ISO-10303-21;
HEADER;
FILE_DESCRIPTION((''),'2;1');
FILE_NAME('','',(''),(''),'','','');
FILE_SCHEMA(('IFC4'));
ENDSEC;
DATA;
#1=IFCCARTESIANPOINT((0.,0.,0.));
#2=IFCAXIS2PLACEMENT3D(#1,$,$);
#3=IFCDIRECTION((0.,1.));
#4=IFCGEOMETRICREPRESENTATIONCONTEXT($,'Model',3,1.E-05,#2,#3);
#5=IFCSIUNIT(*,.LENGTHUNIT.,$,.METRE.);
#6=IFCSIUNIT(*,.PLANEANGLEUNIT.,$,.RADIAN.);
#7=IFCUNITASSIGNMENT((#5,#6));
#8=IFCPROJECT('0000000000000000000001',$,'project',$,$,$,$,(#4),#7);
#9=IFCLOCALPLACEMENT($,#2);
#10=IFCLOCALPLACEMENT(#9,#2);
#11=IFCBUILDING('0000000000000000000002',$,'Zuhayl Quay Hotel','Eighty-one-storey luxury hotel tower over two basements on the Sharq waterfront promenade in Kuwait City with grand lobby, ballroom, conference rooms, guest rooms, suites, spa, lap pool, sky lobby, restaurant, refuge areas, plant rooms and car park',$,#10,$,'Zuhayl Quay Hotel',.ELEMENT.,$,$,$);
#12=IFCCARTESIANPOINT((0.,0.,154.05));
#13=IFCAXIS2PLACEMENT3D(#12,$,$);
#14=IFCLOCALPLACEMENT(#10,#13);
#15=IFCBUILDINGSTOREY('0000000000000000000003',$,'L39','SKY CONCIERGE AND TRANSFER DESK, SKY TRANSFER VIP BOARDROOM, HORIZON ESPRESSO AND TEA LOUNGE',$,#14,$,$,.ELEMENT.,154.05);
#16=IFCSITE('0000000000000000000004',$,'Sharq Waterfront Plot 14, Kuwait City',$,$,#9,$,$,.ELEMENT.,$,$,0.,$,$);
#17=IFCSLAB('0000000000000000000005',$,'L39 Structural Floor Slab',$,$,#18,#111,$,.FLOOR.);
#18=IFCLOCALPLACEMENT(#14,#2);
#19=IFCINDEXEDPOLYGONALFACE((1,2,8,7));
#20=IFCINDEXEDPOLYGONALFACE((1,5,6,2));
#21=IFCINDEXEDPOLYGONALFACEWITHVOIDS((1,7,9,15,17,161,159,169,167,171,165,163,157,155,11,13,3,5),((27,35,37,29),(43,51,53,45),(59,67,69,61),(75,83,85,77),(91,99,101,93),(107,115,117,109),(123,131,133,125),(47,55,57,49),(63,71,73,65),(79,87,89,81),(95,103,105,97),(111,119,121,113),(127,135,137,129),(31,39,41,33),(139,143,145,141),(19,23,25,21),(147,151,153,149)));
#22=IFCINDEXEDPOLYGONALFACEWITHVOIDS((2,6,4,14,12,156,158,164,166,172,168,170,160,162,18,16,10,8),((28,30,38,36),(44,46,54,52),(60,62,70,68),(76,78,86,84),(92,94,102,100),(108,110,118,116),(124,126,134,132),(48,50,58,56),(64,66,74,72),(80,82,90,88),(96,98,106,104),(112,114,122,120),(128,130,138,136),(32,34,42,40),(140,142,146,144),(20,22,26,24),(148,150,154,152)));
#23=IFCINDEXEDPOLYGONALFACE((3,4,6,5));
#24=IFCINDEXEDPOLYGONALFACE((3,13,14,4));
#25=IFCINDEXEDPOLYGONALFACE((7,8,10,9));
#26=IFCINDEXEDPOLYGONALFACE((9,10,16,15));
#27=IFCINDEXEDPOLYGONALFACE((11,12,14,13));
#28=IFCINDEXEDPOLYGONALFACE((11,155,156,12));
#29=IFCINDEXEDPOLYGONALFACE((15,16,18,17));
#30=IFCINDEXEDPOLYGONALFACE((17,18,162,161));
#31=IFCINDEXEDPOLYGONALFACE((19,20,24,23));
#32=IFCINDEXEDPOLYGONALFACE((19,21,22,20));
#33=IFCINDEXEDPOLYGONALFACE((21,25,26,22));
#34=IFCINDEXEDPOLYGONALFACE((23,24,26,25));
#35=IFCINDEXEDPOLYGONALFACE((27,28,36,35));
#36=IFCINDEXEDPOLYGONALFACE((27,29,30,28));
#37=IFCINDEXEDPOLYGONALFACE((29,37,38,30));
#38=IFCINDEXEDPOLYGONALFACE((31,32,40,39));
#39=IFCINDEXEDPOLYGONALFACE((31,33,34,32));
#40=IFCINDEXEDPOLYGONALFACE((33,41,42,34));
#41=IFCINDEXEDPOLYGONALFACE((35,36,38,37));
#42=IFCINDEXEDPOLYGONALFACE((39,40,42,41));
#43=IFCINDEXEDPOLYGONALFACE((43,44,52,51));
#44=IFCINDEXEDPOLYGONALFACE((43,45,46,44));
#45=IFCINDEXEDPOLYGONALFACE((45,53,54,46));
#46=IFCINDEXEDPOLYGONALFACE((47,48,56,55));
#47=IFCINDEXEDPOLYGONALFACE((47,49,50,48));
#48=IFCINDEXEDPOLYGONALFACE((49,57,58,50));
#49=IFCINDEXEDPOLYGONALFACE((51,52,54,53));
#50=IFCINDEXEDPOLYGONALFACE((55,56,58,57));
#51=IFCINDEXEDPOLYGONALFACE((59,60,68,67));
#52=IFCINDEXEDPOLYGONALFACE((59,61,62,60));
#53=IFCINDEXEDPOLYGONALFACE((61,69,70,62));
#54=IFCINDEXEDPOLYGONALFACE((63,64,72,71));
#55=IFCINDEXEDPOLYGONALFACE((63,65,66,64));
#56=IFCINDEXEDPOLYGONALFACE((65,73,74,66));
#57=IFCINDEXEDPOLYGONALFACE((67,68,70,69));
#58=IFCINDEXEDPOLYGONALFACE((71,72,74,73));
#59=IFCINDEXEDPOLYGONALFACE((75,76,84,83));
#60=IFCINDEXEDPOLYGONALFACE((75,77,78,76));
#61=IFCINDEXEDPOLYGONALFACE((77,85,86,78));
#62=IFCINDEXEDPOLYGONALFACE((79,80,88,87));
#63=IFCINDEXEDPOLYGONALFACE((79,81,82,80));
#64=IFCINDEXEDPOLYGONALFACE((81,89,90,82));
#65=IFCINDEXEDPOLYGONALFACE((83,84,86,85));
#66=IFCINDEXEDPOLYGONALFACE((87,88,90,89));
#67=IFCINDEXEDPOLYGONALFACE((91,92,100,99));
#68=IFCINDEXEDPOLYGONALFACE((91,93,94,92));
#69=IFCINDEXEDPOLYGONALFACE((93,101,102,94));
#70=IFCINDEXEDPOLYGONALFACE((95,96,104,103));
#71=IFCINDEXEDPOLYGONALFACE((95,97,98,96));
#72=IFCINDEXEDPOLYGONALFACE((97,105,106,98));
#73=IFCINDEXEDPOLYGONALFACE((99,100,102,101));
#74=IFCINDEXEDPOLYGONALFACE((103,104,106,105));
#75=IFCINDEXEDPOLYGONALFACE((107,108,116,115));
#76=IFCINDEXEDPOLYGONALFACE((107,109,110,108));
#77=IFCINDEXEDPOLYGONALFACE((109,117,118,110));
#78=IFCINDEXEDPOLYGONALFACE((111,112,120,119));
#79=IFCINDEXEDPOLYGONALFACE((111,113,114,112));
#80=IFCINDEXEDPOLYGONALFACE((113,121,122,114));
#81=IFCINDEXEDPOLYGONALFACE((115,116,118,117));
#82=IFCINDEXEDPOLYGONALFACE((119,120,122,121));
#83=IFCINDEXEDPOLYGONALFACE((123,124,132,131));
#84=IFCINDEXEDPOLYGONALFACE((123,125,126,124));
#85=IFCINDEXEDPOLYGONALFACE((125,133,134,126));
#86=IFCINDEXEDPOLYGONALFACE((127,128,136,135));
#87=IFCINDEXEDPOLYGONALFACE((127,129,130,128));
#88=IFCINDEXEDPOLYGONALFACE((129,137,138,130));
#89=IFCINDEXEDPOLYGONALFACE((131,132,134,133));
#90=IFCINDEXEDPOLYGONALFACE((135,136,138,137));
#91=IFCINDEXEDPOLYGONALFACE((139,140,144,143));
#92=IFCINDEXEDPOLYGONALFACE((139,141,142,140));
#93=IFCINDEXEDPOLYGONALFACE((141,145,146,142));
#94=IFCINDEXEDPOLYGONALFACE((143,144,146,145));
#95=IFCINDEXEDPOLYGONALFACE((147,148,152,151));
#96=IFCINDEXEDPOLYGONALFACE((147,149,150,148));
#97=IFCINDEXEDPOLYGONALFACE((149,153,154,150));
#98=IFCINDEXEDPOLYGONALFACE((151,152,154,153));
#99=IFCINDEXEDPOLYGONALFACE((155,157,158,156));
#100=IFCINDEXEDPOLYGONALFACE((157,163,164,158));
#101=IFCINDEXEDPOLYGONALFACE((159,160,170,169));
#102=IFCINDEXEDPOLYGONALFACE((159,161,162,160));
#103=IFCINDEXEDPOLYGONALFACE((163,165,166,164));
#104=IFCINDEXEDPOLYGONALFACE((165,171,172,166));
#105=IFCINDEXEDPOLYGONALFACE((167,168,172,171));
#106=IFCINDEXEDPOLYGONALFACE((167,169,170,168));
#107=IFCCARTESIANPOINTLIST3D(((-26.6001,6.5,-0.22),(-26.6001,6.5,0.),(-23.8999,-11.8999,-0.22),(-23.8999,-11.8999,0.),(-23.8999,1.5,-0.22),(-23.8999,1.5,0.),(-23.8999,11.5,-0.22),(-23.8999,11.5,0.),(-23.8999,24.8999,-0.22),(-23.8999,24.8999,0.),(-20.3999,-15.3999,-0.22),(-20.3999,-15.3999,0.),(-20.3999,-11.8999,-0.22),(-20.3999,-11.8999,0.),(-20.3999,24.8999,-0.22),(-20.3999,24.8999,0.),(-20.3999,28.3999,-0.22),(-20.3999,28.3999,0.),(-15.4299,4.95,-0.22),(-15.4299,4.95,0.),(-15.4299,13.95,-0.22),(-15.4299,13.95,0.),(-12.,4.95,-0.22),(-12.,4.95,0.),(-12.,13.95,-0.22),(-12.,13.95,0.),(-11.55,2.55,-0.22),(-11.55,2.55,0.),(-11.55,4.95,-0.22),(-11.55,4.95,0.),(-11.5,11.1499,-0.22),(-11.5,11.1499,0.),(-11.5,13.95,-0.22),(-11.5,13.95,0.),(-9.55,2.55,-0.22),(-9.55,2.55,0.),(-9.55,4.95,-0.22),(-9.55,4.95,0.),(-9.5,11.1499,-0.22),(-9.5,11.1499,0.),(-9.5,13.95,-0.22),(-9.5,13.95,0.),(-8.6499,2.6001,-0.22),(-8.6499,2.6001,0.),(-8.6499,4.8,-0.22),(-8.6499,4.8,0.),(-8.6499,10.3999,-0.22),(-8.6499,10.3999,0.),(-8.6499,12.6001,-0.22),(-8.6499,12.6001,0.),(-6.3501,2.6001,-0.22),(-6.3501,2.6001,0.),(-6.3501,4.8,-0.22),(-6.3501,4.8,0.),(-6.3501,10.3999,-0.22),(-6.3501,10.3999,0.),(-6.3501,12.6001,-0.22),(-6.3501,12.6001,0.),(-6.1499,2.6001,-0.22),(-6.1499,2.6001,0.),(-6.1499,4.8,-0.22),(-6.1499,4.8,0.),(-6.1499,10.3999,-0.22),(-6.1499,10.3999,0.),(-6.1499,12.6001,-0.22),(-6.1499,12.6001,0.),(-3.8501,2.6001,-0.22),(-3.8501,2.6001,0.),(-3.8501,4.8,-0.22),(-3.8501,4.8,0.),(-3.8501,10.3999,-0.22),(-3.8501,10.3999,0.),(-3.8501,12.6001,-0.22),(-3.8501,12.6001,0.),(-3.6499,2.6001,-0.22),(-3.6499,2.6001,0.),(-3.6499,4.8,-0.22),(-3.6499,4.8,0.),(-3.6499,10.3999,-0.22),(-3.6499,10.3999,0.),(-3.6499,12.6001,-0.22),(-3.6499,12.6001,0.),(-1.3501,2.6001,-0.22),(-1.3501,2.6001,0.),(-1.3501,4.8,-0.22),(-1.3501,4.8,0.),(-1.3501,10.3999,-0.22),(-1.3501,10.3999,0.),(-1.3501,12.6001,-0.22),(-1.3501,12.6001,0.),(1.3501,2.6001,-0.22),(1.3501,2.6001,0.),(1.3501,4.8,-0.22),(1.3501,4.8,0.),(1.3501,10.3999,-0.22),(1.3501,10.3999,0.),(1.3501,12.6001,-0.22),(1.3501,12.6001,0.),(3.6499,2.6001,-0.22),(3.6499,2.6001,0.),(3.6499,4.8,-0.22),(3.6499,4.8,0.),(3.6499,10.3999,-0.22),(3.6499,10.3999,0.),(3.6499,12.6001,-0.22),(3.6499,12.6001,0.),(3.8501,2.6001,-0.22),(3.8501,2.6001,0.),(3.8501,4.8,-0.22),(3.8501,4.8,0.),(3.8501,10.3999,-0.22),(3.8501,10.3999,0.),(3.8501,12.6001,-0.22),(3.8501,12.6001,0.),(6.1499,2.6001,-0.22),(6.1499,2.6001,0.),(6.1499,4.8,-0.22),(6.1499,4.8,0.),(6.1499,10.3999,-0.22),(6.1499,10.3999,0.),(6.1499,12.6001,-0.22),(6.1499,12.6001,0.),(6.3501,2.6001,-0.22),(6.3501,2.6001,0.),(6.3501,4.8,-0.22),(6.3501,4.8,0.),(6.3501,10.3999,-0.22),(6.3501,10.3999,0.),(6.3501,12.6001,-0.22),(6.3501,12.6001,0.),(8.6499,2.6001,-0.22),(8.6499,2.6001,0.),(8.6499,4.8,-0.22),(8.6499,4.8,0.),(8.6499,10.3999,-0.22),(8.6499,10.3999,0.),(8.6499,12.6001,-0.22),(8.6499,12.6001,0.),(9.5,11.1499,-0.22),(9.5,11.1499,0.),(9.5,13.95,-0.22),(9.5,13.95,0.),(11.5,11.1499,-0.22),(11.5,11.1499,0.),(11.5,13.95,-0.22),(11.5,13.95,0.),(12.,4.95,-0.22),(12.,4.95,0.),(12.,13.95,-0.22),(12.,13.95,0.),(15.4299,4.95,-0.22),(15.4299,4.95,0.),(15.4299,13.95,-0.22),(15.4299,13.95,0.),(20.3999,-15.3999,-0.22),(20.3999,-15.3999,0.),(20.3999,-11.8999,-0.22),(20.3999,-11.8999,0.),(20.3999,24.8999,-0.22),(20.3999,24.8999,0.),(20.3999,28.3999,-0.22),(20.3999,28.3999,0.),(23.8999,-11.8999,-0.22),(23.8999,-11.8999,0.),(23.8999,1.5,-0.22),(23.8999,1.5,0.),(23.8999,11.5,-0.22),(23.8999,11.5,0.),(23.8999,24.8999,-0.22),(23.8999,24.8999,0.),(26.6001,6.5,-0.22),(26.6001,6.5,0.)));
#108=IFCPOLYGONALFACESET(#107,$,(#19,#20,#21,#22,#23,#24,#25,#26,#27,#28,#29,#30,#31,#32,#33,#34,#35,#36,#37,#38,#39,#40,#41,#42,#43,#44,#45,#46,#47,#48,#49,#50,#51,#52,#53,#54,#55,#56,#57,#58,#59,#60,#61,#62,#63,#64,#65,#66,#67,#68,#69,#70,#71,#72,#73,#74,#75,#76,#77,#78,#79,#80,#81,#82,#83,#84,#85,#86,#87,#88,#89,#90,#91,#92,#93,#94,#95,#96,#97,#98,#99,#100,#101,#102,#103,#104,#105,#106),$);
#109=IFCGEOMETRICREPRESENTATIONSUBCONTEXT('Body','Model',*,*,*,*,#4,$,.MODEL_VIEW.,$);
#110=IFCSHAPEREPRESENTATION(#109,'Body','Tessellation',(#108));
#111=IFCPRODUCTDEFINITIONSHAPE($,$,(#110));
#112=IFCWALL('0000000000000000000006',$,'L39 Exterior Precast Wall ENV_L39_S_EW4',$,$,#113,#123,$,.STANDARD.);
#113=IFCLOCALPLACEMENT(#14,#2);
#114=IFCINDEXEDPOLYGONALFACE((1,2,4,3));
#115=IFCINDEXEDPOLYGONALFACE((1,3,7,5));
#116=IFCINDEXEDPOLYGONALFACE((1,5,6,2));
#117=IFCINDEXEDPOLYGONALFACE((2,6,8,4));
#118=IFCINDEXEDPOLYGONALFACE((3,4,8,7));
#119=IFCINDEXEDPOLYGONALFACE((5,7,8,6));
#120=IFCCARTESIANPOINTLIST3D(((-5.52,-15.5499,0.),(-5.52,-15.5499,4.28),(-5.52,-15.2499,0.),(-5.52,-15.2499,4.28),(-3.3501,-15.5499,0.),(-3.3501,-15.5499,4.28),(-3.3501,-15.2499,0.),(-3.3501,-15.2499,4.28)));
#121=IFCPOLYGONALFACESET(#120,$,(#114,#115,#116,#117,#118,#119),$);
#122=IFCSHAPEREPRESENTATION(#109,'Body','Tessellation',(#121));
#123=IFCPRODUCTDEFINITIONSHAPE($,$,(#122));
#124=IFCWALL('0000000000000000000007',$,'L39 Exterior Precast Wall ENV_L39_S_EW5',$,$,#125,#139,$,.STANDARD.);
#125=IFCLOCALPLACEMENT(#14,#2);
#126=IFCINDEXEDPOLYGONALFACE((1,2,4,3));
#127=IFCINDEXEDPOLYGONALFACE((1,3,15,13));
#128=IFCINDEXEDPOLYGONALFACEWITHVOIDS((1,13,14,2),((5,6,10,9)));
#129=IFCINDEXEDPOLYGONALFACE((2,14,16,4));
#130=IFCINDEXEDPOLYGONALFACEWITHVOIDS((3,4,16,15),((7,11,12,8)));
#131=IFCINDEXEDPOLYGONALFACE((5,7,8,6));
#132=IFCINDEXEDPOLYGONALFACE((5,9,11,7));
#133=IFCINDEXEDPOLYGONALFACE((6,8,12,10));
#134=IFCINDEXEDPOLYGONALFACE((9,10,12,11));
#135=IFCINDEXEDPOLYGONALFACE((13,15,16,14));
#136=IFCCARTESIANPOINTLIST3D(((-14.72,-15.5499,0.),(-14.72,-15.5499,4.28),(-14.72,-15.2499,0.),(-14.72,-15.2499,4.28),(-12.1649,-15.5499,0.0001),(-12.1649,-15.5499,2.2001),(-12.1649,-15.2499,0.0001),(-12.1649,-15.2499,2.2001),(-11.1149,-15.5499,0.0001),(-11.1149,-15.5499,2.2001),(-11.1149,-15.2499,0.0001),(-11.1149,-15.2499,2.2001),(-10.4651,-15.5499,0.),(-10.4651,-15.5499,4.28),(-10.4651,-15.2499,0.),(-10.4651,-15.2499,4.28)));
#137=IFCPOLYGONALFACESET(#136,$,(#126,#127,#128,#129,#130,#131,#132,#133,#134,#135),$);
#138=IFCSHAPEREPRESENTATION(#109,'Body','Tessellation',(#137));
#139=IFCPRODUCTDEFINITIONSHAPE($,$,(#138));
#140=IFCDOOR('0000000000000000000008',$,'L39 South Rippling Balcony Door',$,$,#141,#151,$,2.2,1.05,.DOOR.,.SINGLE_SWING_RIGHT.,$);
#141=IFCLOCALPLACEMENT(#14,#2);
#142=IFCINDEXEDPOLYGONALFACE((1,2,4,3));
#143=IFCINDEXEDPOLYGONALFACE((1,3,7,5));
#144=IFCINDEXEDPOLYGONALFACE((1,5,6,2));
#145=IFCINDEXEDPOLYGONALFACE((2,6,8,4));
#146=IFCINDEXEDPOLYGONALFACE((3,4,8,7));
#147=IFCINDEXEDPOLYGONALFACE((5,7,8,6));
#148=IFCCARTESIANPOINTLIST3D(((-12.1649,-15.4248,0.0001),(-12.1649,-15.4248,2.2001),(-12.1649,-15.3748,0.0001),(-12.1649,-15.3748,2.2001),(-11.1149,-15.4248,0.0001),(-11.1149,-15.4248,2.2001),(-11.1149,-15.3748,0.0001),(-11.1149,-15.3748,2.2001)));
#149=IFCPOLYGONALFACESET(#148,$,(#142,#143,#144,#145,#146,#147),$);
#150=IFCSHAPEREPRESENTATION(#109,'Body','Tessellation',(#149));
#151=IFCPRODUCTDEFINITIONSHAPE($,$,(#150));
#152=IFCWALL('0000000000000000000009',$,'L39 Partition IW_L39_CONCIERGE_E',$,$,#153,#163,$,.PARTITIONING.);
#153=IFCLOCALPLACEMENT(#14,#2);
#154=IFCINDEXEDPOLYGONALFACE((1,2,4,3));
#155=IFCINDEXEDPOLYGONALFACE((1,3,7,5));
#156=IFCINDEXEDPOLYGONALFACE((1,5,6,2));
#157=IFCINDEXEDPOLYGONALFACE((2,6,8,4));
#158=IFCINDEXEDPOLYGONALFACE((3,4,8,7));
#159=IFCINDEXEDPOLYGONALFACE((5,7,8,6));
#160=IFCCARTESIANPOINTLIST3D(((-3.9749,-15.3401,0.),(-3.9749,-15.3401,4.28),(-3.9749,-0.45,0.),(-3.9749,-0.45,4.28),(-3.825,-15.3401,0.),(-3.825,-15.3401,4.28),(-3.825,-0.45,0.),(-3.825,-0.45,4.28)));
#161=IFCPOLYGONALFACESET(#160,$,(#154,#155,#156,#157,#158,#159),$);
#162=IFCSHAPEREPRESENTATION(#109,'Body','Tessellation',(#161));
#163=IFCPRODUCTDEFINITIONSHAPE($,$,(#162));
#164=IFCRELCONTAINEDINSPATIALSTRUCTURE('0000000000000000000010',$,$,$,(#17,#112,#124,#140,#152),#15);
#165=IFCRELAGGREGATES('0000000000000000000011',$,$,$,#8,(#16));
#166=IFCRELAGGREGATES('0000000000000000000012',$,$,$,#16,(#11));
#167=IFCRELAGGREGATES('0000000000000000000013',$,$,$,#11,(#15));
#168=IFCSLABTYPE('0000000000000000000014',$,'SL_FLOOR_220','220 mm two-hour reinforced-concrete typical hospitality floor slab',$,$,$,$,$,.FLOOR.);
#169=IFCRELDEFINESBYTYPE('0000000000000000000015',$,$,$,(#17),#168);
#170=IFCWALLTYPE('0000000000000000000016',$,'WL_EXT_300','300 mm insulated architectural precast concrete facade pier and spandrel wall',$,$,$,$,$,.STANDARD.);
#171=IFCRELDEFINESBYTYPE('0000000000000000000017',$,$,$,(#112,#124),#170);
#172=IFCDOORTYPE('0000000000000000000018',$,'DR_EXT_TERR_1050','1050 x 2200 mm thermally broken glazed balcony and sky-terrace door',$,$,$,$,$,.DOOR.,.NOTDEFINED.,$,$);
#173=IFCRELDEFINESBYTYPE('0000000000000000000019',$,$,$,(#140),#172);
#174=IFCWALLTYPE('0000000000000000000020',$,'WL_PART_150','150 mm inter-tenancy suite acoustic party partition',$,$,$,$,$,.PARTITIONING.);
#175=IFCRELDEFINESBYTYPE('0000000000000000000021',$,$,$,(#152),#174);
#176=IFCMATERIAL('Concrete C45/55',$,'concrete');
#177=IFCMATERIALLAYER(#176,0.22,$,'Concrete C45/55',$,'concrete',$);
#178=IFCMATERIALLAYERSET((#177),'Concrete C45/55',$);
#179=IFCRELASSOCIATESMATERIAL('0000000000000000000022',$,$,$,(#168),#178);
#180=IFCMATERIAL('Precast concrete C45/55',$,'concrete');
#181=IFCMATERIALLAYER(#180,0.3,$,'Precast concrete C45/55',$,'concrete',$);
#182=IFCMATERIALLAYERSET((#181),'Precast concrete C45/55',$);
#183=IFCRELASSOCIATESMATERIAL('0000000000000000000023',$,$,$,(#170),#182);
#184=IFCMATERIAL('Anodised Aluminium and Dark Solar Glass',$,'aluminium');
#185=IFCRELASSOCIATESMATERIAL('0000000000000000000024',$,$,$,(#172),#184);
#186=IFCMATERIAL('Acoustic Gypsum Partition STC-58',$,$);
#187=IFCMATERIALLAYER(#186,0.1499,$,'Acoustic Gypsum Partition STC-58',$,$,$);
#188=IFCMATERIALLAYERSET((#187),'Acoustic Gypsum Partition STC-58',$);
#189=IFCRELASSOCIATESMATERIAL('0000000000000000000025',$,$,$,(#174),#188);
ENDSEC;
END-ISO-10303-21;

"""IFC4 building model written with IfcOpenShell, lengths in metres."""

from ifc_helpers import new_model, si_unit, direction, frame, frame_2d, origin, place, context, subcontext, project, spatial, polyline, rectangle, outline, extrude, material, layer, layer_set, type_object, element, fill, save


model = new_model("IFC4")

# Units and contexts
model_context = context("Model", 3, precision=1e-05, world=origin(), true_north=direction((0.0, 1.0)))
body_context = subcontext(model_context, "Body", "Model", "MODEL_VIEW")
ifc_project = project(units=[si_unit("LENGTHUNIT", "METRE"), si_unit("PLANEANGLEUNIT", "RADIAN")], contexts=[model_context])

# Site, building, storey
site_placement = place(None, origin())
site = spatial("IfcSite", under=ifc_project, at=site_placement, Name="Sharq Waterfront Plot 14, Kuwait City", CompositionType="ELEMENT", RefElevation=0.0)
building_placement = place(site_placement, origin())
building = spatial("IfcBuilding", under=site, at=building_placement, Name="Zuhayl Quay Hotel", Description="Eighty-one-storey luxury hotel tower over two basements on the Sharq waterfront promenade in Kuwait City with grand lobby, ballroom, conference rooms, guest rooms, suites, spa, lap pool, sky lobby, restaurant, refuge areas, plant rooms and car park", LongName="Zuhayl Quay Hotel", CompositionType="ELEMENT")
storey_placement = place(building_placement, frame((0.0, 0.0, 154.05)))
storey = spatial("IfcBuildingStorey", under=building, at=storey_placement, Name="L39", Description="SKY CONCIERGE AND TRANSFER DESK, SKY TRANSFER VIP BOARDROOM, HORIZON ESPRESSO AND TEA LOUNGE", CompositionType="ELEMENT", Elevation=154.05)

# Slab
ifc_material_1 = material(Name="Concrete C45/55", Category="concrete")
ifc_layer_1 = layer(ifc_material_1, 0.22, Name="Concrete C45/55", Category="concrete")
ifc_layer_set_1 = layer_set([ifc_layer_1], Name="Concrete C45/55")
slab_type = type_object("IfcSlabType", Name="SL_FLOOR_220", Description="220 mm two-hour reinforced-concrete typical hospitality floor slab", PredefinedType="FLOOR", material=ifc_layer_set_1)
slab_placement = place(storey_placement, frame((0.0, 0.0, -0.22)))
element("IfcSlab", 1, at=slab_placement, inside=storey, type_object=slab_type, Name="L39 Structural Floor Slab", PredefinedType="FLOOR", context=body_context, shape_type="SweptSolid", body=[
    extrude(outline(polyline([(-20.3999, -15.3999), (20.3999, -15.3999), (20.3999, -11.8999), (23.8999, -11.8999), (23.8999, 1.5), (26.6001, 6.5), (23.8999, 11.5), (23.8999, 24.8999), (20.3999, 24.8999), (20.3999, 28.3999), (-20.3999, 28.3999), (-20.3999, 24.8999), (-23.8999, 24.8999), (-23.8999, 11.5), (-26.6001, 6.5), (-23.8999, 1.5), (-23.8999, -11.8999), (-20.3999, -11.8999), (-20.3999, -15.3999)]), holes=[polyline([(-12.0, 4.95), (-12.0, 13.95), (-15.4299, 13.95), (-15.4299, 4.95), (-12.0, 4.95)]), polyline([(15.4299, 4.95), (15.4299, 13.95), (12.0, 13.95), (12.0, 4.95), (15.4299, 4.95)]), polyline([(-11.5, 11.1499), (-9.5, 11.1499), (-9.5, 13.95), (-11.5, 13.95), (-11.5, 11.1499)]), polyline([(9.5, 11.1499), (11.5, 11.1499), (11.5, 13.95), (9.5, 13.95), (9.5, 11.1499)]), polyline([(-8.6499, 2.6001), (-6.3501, 2.6001), (-6.3501, 4.8), (-8.6499, 4.8), (-8.6499, 2.6001)]), polyline([(-6.1499, 2.6001), (-3.8501, 2.6001), (-3.8501, 4.8), (-6.1499, 4.8), (-6.1499, 2.6001)]), polyline([(-8.6499, 10.3999), (-6.3501, 10.3999), (-6.3501, 12.6001), (-8.6499, 12.6001), (-8.6499, 10.3999)]), polyline([(-6.1499, 10.3999), (-3.8501, 10.3999), (-3.8501, 12.6001), (-6.1499, 12.6001), (-6.1499, 10.3999)]), polyline([(-3.6499, 2.6001), (-1.3501, 2.6001), (-1.3501, 4.8), (-3.6499, 4.8), (-3.6499, 2.6001)]), polyline([(1.3501, 2.6001), (3.6499, 2.6001), (3.6499, 4.8), (1.3501, 4.8), (1.3501, 2.6001)]), polyline([(-3.6499, 10.3999), (-1.3501, 10.3999), (-1.3501, 12.6001), (-3.6499, 12.6001), (-3.6499, 10.3999)]), polyline([(1.3501, 10.3999), (3.6499, 10.3999), (3.6499, 12.6001), (1.3501, 12.6001), (1.3501, 10.3999)]), polyline([(3.8501, 2.6001), (6.1499, 2.6001), (6.1499, 4.8), (3.8501, 4.8), (3.8501, 2.6001)]), polyline([(6.3501, 2.6001), (8.6499, 2.6001), (8.6499, 4.8), (6.3501, 4.8), (6.3501, 2.6001)]), polyline([(3.8501, 10.3999), (6.1499, 10.3999), (6.1499, 12.6001), (3.8501, 12.6001), (3.8501, 10.3999)]), polyline([(6.3501, 10.3999), (8.6499, 10.3999), (8.6499, 12.6001), (6.3501, 12.6001), (6.3501, 10.3999)]), polyline([(-11.55, 2.55), (-9.55, 2.55), (-9.55, 4.95), (-11.55, 4.95), (-11.55, 2.55)])]), origin(), (0.0, 0.0, 1.0), 0.22),
])

# Wall
ifc_material_2 = material(Name="Precast concrete C45/55", Category="concrete")
ifc_layer_2 = layer(ifc_material_2, 0.3, Name="Precast concrete C45/55", Category="concrete")
ifc_layer_set_2 = layer_set([ifc_layer_2], Name="Precast concrete C45/55")
wall_type_1 = type_object("IfcWallType", Name="WL_EXT_300", Description="300 mm insulated architectural precast concrete facade pier and spandrel wall", PredefinedType="STANDARD", material=ifc_layer_set_2)
wall_1_placement = place(storey_placement, frame((-3.3501, -15.3999, 0.0), z_axis=(0.0, 0.0, 1.0), x_axis=(-1.0, 0.0, 0.0)))
element("IfcWall", 2, at=wall_1_placement, inside=storey, type_object=wall_type_1, Name="L39 Exterior Precast Wall ENV_L39_S_EW4", PredefinedType="STANDARD", context=body_context, shape_type="SweptSolid", body=[
    extrude(rectangle(XDim=2.1699, YDim=0.3, at=frame_2d((1.085, 0.0))), origin(), (0.0, 0.0, 1.0), 4.28),
])

# Wall, opening, door
wall_2_placement = place(storey_placement, frame((-10.4651, -15.3999, 0.0), z_axis=(0.0, 0.0, 1.0), x_axis=(-1.0, 0.0, 0.0)))
wall_2 = element("IfcWall", 3, at=wall_2_placement, inside=storey, type_object=wall_type_1, Name="L39 Exterior Precast Wall ENV_L39_S_EW5", PredefinedType="STANDARD", context=body_context, shape_type="SweptSolid", body=[
    extrude(rectangle(XDim=4.2549, YDim=0.3, at=frame_2d((2.1274, 0.0))), origin(), (0.0, 0.0, 1.0), 4.28),
])
opening_1_placement = place(wall_2_placement, frame((0.6499, 0.0, 0.0)))
opening_1 = element("IfcOpeningElement", 4, at=opening_1_placement, cuts=wall_2, PredefinedType="OPENING", context=body_context, shape_type="SweptSolid", body=[
    extrude(rectangle(XDim=1.05, YDim=2.2, at=frame_2d((0.5249, 1.1001))), frame((0.0, 0.1599, 0.0), z_axis=(0.0, -1.0, 0.0), x_axis=(1.0, 0.0, 0.0)), (0.0, 0.0, 1.0), 0.3201),
])
ifc_material_3 = material(Name="Anodised Aluminium and Dark Solar Glass", Category="aluminium")
door_type_1 = type_object("IfcDoorType", Name="DR_EXT_TERR_1050", Description="1050 x 2200 mm thermally broken glazed balcony and sky-terrace door", OperationType="NOTDEFINED", PredefinedType="DOOR", material=ifc_material_3)
door_1_placement = place(opening_1_placement, origin())
door_1 = element("IfcDoor", 5, at=door_1_placement, inside=storey, type_object=door_type_1, Name="L39 South Rippling Balcony Door", OperationType="SINGLE_SWING_RIGHT", OverallHeight=2.2, OverallWidth=1.05, PredefinedType="DOOR", context=body_context, shape_type="SweptSolid", body=[
    extrude(rectangle(XDim=1.05, YDim=2.2, at=frame_2d((0.5249, 1.1001))), frame((0.0, 0.0249, 0.0), z_axis=(0.0, -1.0, 0.0), x_axis=(1.0, 0.0, 0.0)), (0.0, 0.0, 1.0), 0.05),
])
fill(opening_1, door_1)

# Wall
ifc_material_4 = material(Name="Acoustic Gypsum Partition STC-58")
ifc_layer_3 = layer(ifc_material_4, 0.1499, Name="Acoustic Gypsum Partition STC-58")
ifc_layer_set_3 = layer_set([ifc_layer_3], Name="Acoustic Gypsum Partition STC-58")
wall_type_2 = type_object("IfcWallType", Name="WL_PART_150", Description="150 mm inter-tenancy suite acoustic party partition", PredefinedType="PARTITIONING", material=ifc_layer_set_3)
wall_3_placement = place(storey_placement, frame((-3.8999, -15.3401, 0.0), z_axis=(0.0, 0.0, 1.0), x_axis=(0.0, 1.0, 0.0)))
element("IfcWall", 6, at=wall_3_placement, inside=storey, type_object=wall_type_2, Name="L39 Partition IW_L39_CONCIERGE_E", PredefinedType="PARTITIONING", context=body_context, shape_type="SweptSolid", body=[
    extrude(rectangle(XDim=14.8901, YDim=0.1499, at=frame_2d((7.4451, 0.0))), origin(), (0.0, 0.0, 1.0), 4.28),
])

save(model, "model.ifc")
